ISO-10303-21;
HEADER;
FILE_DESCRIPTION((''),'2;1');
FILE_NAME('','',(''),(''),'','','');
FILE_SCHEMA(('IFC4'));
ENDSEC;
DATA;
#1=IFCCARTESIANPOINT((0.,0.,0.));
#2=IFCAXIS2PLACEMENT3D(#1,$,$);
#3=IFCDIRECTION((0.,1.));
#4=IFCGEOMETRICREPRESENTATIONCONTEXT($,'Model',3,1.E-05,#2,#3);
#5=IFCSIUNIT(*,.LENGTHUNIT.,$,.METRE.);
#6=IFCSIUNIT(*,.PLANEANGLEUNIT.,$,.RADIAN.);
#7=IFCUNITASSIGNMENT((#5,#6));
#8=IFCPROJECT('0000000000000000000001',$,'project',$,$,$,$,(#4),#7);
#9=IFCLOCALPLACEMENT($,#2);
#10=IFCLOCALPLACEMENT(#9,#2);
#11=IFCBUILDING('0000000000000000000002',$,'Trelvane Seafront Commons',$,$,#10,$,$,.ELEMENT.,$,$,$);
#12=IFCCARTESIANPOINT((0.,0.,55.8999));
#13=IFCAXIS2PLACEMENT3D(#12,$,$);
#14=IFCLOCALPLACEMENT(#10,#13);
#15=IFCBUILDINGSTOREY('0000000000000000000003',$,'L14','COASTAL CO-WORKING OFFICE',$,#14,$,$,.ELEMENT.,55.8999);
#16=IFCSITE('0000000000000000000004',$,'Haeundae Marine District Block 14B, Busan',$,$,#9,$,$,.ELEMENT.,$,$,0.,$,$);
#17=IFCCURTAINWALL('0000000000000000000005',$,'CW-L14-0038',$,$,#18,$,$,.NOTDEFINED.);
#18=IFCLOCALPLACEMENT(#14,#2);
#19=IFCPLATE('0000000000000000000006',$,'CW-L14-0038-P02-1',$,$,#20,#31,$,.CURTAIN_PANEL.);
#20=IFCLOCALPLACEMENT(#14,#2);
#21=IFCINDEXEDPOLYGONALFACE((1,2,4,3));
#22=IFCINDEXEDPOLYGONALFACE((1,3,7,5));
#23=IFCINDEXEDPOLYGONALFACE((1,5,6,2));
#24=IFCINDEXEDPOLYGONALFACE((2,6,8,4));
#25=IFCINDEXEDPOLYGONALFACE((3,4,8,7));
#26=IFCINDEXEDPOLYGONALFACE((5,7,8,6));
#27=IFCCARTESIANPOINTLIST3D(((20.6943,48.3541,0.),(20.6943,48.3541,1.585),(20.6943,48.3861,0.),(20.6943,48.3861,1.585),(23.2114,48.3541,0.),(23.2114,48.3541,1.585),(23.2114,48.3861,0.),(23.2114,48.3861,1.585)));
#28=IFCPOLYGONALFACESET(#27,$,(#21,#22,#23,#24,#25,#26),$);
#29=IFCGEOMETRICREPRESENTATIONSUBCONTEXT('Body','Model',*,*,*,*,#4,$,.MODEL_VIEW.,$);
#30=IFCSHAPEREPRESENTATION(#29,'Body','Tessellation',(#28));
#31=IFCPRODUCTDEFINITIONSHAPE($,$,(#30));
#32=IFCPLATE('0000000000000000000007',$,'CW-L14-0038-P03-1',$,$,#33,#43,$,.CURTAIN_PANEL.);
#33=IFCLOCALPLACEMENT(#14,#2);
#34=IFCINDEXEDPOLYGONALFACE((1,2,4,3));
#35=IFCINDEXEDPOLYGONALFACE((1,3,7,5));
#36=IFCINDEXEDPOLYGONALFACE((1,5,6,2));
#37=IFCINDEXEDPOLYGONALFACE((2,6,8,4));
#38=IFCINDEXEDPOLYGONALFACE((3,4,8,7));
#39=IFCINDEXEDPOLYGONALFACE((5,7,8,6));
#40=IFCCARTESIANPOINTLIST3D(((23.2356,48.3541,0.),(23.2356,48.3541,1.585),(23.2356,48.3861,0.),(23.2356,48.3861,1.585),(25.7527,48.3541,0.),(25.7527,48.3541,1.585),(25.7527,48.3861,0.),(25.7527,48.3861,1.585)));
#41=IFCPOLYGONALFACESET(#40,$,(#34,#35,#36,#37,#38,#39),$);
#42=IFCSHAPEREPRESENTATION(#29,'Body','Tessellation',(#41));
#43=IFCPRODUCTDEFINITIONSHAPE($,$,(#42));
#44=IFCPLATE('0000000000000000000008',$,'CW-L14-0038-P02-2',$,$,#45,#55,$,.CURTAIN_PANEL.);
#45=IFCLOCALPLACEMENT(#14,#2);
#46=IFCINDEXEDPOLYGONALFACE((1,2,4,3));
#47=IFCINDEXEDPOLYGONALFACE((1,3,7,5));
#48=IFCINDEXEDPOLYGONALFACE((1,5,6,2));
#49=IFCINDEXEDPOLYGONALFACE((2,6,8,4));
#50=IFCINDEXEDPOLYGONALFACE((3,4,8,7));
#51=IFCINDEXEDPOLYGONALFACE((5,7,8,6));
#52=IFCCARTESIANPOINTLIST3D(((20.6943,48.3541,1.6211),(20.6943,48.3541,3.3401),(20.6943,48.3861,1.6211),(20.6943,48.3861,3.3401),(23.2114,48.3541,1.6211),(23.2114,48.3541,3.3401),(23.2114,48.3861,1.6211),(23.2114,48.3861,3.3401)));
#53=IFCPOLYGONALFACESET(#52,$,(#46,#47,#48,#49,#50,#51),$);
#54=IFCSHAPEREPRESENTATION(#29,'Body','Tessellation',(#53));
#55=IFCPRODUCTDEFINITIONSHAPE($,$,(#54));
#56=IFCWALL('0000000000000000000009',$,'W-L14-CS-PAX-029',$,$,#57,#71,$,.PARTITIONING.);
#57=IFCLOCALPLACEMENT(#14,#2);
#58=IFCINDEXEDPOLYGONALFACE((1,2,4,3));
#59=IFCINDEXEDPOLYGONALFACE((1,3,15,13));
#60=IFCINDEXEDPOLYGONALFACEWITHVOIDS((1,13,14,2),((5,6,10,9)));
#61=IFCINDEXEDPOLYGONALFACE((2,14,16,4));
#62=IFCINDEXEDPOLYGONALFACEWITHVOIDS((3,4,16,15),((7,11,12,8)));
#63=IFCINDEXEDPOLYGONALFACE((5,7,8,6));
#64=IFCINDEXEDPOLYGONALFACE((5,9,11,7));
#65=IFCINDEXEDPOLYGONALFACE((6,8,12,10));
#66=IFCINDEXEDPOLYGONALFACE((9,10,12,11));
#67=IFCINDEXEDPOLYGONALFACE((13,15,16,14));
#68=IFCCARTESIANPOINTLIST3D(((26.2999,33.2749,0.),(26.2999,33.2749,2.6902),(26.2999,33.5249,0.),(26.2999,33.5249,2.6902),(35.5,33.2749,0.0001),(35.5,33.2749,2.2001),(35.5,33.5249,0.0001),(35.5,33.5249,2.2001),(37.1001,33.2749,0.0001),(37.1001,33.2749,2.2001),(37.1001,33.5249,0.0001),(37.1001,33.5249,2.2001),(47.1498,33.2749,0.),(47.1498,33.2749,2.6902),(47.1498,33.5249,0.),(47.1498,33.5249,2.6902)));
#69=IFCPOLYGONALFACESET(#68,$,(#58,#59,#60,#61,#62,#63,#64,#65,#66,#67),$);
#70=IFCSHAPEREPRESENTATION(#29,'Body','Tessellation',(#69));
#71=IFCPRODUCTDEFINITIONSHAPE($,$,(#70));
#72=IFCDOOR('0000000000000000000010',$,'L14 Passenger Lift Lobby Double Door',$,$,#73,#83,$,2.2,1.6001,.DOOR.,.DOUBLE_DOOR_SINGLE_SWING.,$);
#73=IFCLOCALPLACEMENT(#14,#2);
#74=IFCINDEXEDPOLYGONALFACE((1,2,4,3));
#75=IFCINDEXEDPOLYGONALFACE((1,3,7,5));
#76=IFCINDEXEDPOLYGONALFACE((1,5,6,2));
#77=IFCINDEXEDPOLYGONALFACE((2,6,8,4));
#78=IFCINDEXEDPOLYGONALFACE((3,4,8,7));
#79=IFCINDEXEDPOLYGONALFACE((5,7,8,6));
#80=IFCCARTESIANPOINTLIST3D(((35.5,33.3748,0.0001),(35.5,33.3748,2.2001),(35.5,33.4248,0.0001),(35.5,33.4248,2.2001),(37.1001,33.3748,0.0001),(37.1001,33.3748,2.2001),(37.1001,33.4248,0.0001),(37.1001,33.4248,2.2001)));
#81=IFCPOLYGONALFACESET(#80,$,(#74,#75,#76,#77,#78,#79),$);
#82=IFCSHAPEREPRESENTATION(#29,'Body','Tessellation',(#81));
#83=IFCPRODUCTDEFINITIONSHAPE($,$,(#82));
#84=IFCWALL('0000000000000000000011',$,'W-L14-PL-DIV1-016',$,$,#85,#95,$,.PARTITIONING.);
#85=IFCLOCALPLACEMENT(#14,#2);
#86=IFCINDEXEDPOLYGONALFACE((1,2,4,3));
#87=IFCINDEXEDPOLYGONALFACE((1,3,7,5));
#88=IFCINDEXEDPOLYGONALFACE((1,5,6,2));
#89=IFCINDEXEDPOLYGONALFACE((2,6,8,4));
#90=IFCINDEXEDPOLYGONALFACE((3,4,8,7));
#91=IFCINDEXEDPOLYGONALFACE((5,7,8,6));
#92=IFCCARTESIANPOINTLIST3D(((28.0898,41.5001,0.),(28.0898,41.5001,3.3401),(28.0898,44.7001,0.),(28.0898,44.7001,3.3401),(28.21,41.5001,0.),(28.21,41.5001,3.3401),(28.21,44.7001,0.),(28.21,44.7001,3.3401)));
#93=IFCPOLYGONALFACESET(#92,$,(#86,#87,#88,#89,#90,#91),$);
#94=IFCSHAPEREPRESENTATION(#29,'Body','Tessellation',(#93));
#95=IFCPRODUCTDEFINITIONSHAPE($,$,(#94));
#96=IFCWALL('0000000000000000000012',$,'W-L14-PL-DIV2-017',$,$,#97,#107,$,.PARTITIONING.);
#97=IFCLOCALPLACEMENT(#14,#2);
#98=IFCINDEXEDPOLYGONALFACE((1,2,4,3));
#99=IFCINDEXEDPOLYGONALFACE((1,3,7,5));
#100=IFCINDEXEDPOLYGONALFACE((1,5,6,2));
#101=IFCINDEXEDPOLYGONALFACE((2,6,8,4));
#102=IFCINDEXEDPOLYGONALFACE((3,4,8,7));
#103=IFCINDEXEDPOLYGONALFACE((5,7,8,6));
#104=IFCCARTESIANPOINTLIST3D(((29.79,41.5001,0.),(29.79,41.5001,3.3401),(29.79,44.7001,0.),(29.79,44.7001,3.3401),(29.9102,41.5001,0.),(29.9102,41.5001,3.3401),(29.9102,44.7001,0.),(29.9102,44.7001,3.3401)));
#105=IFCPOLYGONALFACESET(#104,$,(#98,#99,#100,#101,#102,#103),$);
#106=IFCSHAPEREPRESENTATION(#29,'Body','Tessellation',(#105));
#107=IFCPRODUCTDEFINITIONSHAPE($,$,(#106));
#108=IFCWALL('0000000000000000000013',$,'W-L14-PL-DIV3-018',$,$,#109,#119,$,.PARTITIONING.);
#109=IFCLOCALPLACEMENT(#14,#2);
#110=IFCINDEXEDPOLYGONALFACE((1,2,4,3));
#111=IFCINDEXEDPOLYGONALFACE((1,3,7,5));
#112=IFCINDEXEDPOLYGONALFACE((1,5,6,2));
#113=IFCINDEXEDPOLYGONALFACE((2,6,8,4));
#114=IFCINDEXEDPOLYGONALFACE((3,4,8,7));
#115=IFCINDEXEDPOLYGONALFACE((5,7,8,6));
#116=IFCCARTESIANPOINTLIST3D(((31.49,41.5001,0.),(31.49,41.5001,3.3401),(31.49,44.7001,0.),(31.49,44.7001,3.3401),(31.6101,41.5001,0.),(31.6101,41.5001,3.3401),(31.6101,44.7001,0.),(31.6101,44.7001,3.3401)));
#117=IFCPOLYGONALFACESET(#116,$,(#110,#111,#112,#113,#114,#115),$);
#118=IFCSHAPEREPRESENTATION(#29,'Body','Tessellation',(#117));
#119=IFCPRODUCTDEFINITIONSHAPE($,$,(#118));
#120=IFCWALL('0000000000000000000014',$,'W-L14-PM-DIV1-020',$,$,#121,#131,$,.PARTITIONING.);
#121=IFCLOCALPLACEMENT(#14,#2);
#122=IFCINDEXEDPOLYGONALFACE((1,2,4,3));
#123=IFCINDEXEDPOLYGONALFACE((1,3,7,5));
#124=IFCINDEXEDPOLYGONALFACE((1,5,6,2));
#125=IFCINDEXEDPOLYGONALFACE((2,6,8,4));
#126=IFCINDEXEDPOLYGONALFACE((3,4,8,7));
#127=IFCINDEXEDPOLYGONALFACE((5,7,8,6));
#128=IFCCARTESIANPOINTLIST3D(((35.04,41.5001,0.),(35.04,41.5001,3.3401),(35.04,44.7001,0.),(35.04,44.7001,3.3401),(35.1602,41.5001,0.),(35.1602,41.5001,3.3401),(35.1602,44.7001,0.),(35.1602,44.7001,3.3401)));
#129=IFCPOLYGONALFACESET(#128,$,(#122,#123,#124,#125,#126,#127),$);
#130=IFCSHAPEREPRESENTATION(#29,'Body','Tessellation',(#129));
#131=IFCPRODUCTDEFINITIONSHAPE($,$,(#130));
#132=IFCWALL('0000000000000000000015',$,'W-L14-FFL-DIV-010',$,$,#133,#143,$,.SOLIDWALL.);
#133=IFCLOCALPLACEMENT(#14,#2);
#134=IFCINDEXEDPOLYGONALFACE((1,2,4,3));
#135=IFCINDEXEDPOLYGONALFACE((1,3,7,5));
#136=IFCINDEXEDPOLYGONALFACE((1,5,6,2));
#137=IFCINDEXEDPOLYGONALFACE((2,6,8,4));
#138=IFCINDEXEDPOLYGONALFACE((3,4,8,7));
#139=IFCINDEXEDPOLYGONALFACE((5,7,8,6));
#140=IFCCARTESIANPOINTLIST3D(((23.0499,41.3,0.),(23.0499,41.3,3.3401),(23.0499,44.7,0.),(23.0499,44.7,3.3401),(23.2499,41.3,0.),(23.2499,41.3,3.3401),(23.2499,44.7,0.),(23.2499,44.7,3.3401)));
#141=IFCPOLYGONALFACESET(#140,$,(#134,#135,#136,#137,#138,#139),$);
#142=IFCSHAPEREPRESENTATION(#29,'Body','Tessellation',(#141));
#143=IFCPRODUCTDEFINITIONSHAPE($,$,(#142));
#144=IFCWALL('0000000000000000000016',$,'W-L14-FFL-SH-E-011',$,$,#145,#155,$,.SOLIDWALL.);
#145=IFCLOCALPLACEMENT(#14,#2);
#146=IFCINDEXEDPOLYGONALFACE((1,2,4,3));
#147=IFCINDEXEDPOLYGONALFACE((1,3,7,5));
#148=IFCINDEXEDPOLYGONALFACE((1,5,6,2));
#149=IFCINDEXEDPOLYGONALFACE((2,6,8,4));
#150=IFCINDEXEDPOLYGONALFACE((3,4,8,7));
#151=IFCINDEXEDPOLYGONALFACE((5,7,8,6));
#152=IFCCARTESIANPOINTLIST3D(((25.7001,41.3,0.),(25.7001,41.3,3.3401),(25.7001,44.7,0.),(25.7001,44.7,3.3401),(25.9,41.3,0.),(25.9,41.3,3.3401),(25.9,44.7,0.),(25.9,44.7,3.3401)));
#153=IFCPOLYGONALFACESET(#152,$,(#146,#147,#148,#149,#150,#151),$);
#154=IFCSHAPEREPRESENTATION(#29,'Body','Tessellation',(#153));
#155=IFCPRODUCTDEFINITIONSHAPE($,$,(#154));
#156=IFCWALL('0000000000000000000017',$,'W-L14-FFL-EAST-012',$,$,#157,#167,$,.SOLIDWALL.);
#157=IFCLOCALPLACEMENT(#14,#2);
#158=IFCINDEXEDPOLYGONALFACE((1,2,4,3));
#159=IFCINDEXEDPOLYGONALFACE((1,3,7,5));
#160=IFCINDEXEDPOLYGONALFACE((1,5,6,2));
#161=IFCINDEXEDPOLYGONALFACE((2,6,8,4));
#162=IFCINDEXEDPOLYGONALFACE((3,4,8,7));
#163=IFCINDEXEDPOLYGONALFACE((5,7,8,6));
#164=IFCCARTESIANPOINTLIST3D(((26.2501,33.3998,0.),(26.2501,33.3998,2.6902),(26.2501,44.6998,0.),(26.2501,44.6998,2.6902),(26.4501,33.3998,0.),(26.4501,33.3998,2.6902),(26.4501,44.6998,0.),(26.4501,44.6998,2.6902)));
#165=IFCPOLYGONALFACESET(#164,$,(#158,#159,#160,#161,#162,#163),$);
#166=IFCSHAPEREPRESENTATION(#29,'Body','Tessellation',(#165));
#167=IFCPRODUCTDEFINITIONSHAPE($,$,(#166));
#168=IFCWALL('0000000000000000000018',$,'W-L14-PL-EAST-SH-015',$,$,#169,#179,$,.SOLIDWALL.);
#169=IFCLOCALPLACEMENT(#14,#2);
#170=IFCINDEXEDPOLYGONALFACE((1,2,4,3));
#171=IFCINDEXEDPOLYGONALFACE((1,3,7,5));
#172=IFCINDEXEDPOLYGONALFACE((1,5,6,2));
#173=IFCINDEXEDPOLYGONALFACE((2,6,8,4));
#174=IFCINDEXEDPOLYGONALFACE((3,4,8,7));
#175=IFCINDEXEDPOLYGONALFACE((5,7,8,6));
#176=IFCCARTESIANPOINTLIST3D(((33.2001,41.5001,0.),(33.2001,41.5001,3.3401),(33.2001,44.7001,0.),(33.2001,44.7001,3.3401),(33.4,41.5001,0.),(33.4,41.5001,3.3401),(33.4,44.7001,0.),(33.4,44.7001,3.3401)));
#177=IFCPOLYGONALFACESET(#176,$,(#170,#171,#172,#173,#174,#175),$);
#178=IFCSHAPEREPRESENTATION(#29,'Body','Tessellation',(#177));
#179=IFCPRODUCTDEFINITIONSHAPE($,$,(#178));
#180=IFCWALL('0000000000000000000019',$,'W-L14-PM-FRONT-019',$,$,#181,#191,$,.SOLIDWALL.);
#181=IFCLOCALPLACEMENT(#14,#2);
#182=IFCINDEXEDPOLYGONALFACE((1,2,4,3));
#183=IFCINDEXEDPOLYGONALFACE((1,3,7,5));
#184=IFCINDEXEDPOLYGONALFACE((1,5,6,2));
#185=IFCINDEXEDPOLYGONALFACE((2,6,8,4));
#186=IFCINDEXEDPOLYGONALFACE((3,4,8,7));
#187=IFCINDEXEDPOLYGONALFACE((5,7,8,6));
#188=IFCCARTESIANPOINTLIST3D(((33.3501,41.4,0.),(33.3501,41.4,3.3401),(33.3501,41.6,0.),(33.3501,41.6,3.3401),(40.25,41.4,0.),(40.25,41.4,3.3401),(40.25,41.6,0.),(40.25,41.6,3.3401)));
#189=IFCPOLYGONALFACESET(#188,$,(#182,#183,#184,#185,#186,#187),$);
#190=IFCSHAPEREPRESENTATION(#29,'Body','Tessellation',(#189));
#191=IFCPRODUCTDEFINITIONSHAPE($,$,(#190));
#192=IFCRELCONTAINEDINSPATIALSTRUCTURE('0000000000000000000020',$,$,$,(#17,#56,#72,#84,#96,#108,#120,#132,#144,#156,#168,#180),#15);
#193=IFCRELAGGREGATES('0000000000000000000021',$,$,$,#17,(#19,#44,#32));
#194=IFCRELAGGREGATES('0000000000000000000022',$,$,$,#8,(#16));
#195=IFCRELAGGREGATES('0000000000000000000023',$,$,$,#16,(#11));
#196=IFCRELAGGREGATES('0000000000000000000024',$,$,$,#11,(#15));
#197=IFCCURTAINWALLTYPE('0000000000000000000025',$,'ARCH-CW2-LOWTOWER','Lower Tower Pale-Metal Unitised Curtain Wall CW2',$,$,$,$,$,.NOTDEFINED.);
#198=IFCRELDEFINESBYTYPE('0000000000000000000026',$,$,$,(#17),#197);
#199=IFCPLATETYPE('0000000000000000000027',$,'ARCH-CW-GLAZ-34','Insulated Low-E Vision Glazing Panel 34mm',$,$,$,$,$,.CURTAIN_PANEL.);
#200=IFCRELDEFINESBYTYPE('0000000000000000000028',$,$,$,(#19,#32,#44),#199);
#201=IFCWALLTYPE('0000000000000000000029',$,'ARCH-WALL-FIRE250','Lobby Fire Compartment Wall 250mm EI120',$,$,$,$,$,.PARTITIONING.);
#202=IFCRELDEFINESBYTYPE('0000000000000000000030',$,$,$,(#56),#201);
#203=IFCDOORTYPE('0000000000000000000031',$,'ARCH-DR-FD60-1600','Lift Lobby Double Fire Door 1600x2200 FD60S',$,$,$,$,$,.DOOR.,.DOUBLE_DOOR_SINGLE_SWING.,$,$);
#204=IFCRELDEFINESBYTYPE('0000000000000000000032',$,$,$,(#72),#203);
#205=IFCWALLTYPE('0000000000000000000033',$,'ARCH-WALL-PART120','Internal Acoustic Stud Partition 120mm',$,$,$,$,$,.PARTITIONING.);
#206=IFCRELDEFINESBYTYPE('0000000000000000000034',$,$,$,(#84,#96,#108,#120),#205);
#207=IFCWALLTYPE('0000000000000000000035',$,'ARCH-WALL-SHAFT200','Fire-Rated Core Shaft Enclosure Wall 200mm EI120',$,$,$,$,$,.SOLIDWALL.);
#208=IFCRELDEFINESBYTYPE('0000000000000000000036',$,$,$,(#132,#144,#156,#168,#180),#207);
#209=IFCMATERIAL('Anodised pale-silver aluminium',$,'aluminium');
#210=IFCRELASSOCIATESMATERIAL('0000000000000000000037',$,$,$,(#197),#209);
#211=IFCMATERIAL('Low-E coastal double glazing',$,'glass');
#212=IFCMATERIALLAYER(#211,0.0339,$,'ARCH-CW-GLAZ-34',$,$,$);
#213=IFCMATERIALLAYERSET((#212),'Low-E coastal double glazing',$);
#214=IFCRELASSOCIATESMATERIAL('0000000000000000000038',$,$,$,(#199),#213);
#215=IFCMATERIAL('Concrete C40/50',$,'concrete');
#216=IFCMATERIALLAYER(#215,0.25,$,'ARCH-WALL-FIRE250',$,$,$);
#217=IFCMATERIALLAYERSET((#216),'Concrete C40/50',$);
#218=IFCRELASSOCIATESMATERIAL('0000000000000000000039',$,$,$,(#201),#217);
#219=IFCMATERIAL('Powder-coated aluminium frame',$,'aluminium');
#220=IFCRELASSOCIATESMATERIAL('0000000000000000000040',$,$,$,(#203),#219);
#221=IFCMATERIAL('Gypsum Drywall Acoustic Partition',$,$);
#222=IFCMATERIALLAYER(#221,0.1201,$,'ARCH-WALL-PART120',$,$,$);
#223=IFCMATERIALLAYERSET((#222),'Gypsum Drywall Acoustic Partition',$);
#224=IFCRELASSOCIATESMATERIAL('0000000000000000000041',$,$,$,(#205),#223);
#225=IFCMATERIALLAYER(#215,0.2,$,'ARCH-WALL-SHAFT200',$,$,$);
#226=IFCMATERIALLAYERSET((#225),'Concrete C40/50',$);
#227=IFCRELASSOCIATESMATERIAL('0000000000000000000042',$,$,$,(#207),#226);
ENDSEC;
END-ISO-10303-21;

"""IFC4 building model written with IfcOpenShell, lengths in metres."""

from ifc_helpers import new_model, si_unit, direction, frame, frame_2d, origin, origin_2d, place, context, subcontext, project, spatial, rectangle, extrude, source, transform, mapped, material, layer, layer_set, type_object, element, fill, aggregate, save


model = new_model("IFC4")

# Units and contexts
model_context = context("Model", 3, precision=1e-05, world=origin(), true_north=direction((0.0, 1.0)))
body_context = subcontext(model_context, "Body", "Model", "MODEL_VIEW")
ifc_project = project(units=[si_unit("LENGTHUNIT", "METRE"), si_unit("PLANEANGLEUNIT", "RADIAN")], contexts=[model_context])

# Site, building, storey
site_placement = place(None, origin())
site = spatial("IfcSite", under=ifc_project, at=site_placement, Name="Haeundae Marine District Block 14B, Busan", CompositionType="ELEMENT", RefElevation=0.0)
building_placement = place(site_placement, origin())
building = spatial("IfcBuilding", under=site, at=building_placement, Name="Trelvane Seafront Commons", CompositionType="ELEMENT")
storey_placement = place(building_placement, frame((0.0, 0.0, 55.8999)))
storey = spatial("IfcBuildingStorey", under=building, at=storey_placement, Name="L14", Description="COASTAL CO-WORKING OFFICE", CompositionType="ELEMENT", Elevation=55.8999)

# Curtain wall, plates
ifc_material_1 = material(Name="Anodised pale-silver aluminium", Category="aluminium")
curtain_wall_type = type_object("IfcCurtainWallType", Name="ARCH-CW2-LOWTOWER", Description="Lower Tower Pale-Metal Unitised Curtain Wall CW2", PredefinedType="NOTDEFINED", material=ifc_material_1)
curtain_wall_placement = place(storey_placement, origin())
curtain_wall = element("IfcCurtainWall", 1, at=curtain_wall_placement, inside=storey, type_object=curtain_wall_type, Name="CW-L14-0038", PredefinedType="NOTDEFINED")
ifc_material_2 = material(Name="Low-E coastal double glazing", Category="glass")
ifc_layer_1 = layer(ifc_material_2, 0.0339, Name="ARCH-CW-GLAZ-34")
ifc_layer_set_1 = layer_set([ifc_layer_1], Name="Low-E coastal double glazing")
plate_type = type_object("IfcPlateType", Name="ARCH-CW-GLAZ-34", Description="Insulated Low-E Vision Glazing Panel 34mm", PredefinedType="CURTAIN_PANEL", material=ifc_layer_set_1)
shared_shape_1 = source(origin(), body_context, "Body", "SweptSolid", [
    extrude(rectangle(XDim=2.5171, YDim=0.032, at=origin_2d()), origin(), (0.0, 0.0, 1.0), 1.585),
])
plate_1_placement = place(storey_placement, frame((21.9529, 48.3701, 0.0), z_axis=(0.0, 0.0, 1.0), x_axis=(1.0, 0.0, 0.0)))
plate_1 = element("IfcPlate", 2, at=plate_1_placement, type_object=plate_type, Name="CW-L14-0038-P02-1", PredefinedType="CURTAIN_PANEL", context=body_context, shape_type="MappedRepresentation", body=[
    mapped(shared_shape_1, transform((0.0, 0.0, 0.0), x_axis=(1.0, 0.0, 0.0), y_axis=(0.0, 1.0, 0.0), z_axis=(0.0, 0.0, 1.0), scale=1.0)),
])
plate_2_placement = place(storey_placement, frame((24.4941, 48.3701, 0.0), z_axis=(0.0, 0.0, 1.0), x_axis=(1.0, 0.0, 0.0)))
plate_2 = element("IfcPlate", 3, at=plate_2_placement, type_object=plate_type, Name="CW-L14-0038-P03-1", PredefinedType="CURTAIN_PANEL", context=body_context, shape_type="MappedRepresentation", body=[
    mapped(shared_shape_1, transform((0.0, 0.0, 0.0), x_axis=(1.0, 0.0, 0.0), y_axis=(0.0, 1.0, 0.0), z_axis=(0.0, 0.0, 1.0), scale=1.0)),
])
shared_shape_2 = source(origin(), body_context, "Body", "SweptSolid", [
    extrude(rectangle(XDim=2.5171, YDim=0.032, at=origin_2d()), origin(), (0.0, 0.0, 1.0), 1.719),
])
plate_3_placement = place(storey_placement, frame((21.9529, 48.3701, 1.6211), z_axis=(0.0, 0.0, 1.0), x_axis=(1.0, 0.0, 0.0)))
plate_3 = element("IfcPlate", 4, at=plate_3_placement, type_object=plate_type, Name="CW-L14-0038-P02-2", PredefinedType="CURTAIN_PANEL", context=body_context, shape_type="MappedRepresentation", body=[
    mapped(shared_shape_2, transform((0.0, 0.0, 0.0), x_axis=(1.0, 0.0, 0.0), y_axis=(0.0, 1.0, 0.0), z_axis=(0.0, 0.0, 1.0), scale=1.0)),
])
aggregate(curtain_wall, [plate_1, plate_3, plate_2])

# Wall, opening, door
ifc_material_3 = material(Name="Concrete C40/50", Category="concrete")
ifc_layer_2 = layer(ifc_material_3, 0.25, Name="ARCH-WALL-FIRE250")
ifc_layer_set_2 = layer_set([ifc_layer_2], Name="Concrete C40/50")
wall_type_1 = type_object("IfcWallType", Name="ARCH-WALL-FIRE250", Description="Lobby Fire Compartment Wall 250mm EI120", PredefinedType="PARTITIONING", material=ifc_layer_set_2)
wall_1_placement = place(storey_placement, frame((26.3, 33.3999, 0.0), z_axis=(0.0, 0.0, 1.0), x_axis=(1.0, 0.0, 0.0)))
wall_1 = element("IfcWall", 5, at=wall_1_placement, inside=storey, type_object=wall_type_1, Name="W-L14-CS-PAX-029", PredefinedType="PARTITIONING", context=body_context, shape_type="SweptSolid", body=[
    extrude(rectangle(XDim=20.8499, YDim=0.25, at=frame_2d((10.4248, 0.0))), origin(), (0.0, 0.0, 1.0), 2.6902),
])
opening_1_placement = place(wall_1_placement, frame((9.2, 0.0, 0.0)))
opening_1 = element("IfcOpeningElement", 6, at=opening_1_placement, cuts=wall_1, PredefinedType="OPENING", context=body_context, shape_type="SweptSolid", body=[
    extrude(rectangle(XDim=1.6001, YDim=2.2, at=frame_2d((0.8, 1.1001))), frame((0.0, 0.135, 0.0), z_axis=(0.0, -1.0, 0.0), x_axis=(1.0, 0.0, 0.0)), (0.0, 0.0, 1.0), 0.27),
])
ifc_material_4 = material(Name="Powder-coated aluminium frame", Category="aluminium")
door_type_1 = type_object("IfcDoorType", Name="ARCH-DR-FD60-1600", Description="Lift Lobby Double Fire Door 1600x2200 FD60S", OperationType="DOUBLE_DOOR_SINGLE_SWING", PredefinedType="DOOR", material=ifc_material_4)
shared_shape_3 = source(origin(), body_context, "Body", "SweptSolid", [
    extrude(rectangle(XDim=1.6001, YDim=2.2, at=frame_2d((0.8, 1.1001))), frame((0.0, 0.0249, 0.0), z_axis=(0.0, -1.0, 0.0), x_axis=(1.0, 0.0, 0.0)), (0.0, 0.0, 1.0), 0.05),
])
door_1_placement = place(opening_1_placement, origin())
door_1 = element("IfcDoor", 7, at=door_1_placement, inside=storey, type_object=door_type_1, Name="L14 Passenger Lift Lobby Double Door", OperationType="DOUBLE_DOOR_SINGLE_SWING", OverallHeight=2.2, OverallWidth=1.6001, PredefinedType="DOOR", context=body_context, shape_type="MappedRepresentation", body=[
    mapped(shared_shape_3, transform((0.0, 0.0, 0.0), x_axis=(1.0, 0.0, 0.0), y_axis=(0.0, 1.0, 0.0), z_axis=(0.0, 0.0, 1.0), scale=1.0)),
])
fill(opening_1, door_1)

# Walls
ifc_material_5 = material(Name="Gypsum Drywall Acoustic Partition")
ifc_layer_3 = layer(ifc_material_5, 0.1201, Name="ARCH-WALL-PART120")
ifc_layer_set_3 = layer_set([ifc_layer_3], Name="Gypsum Drywall Acoustic Partition")
wall_type_2 = type_object("IfcWallType", Name="ARCH-WALL-PART120", Description="Internal Acoustic Stud Partition 120mm", PredefinedType="PARTITIONING", material=ifc_layer_set_3)
for number, where, z_axis, x_axis, name in (
    (8, (28.1499, 41.5, 0.0), (0.0, 0.0, 1.0), (0.0, 1.0, 0.0), "W-L14-PL-DIV1-016"),
    (9, (29.8501, 41.5, 0.0), (0.0, 0.0, 1.0), (0.0, 1.0, 0.0), "W-L14-PL-DIV2-017"),
    (10, (31.55, 41.5, 0.0), (0.0, 0.0, 1.0), (0.0, 1.0, 0.0), "W-L14-PL-DIV3-018"),
    (11, (35.1001, 41.5, 0.0), (0.0, 0.0, 1.0), (0.0, 1.0, 0.0), "W-L14-PM-DIV1-020"),
):
    element("IfcWall", number, at=place(storey_placement, frame(where, z_axis=z_axis, x_axis=x_axis)), inside=storey, type_object=wall_type_2, Name=name, PredefinedType="PARTITIONING", context=body_context, shape_type="SweptSolid", body=[
        extrude(rectangle(XDim=3.2, YDim=0.1201, at=frame_2d((1.6001, 0.0))), origin(), (0.0, 0.0, 1.0), 3.3401),
    ])
ifc_layer_4 = layer(ifc_material_3, 0.2, Name="ARCH-WALL-SHAFT200")
ifc_layer_set_4 = layer_set([ifc_layer_4], Name="Concrete C40/50")
wall_type_3 = type_object("IfcWallType", Name="ARCH-WALL-SHAFT200", Description="Fire-Rated Core Shaft Enclosure Wall 200mm EI120", PredefinedType="SOLIDWALL", material=ifc_layer_set_4)
for number, where, z_axis, x_axis, name in (
    (12, (23.1499, 41.3, 0.0), (0.0, 0.0, 1.0), (0.0, 1.0, 0.0), "W-L14-FFL-DIV-010"),
    (13, (25.8, 41.3, 0.0), (0.0, 0.0, 1.0), (0.0, 1.0, 0.0), "W-L14-FFL-SH-E-011"),
):
    element("IfcWall", number, at=place(storey_placement, frame(where, z_axis=z_axis, x_axis=x_axis)), inside=storey, type_object=wall_type_3, Name=name, PredefinedType="SOLIDWALL", context=body_context, shape_type="SweptSolid", body=[
        extrude(rectangle(XDim=3.3999, YDim=0.2, at=frame_2d((1.7, 0.0))), origin(), (0.0, 0.0, 1.0), 3.3401),
    ])
wall_2_placement = place(storey_placement, frame((26.3501, 33.3999, 0.0), z_axis=(0.0, 0.0, 1.0), x_axis=(0.0, 1.0, 0.0)))
element("IfcWall", 14, at=wall_2_placement, inside=storey, type_object=wall_type_3, Name="W-L14-FFL-EAST-012", PredefinedType="SOLIDWALL", context=body_context, shape_type="SweptSolid", body=[
    extrude(rectangle(XDim=11.3, YDim=0.2, at=frame_2d((5.6499, 0.0))), origin(), (0.0, 0.0, 1.0), 2.6902),
])

# Walls
wall_3_placement = place(storey_placement, frame((33.3, 41.5, 0.0), z_axis=(0.0, 0.0, 1.0), x_axis=(0.0, 1.0, 0.0)))
element("IfcWall", 15, at=wall_3_placement, inside=storey, type_object=wall_type_3, Name="W-L14-PL-EAST-SH-015", PredefinedType="SOLIDWALL", context=body_context, shape_type="SweptSolid", body=[
    extrude(rectangle(XDim=3.2, YDim=0.2, at=frame_2d((1.6001, 0.0))), origin(), (0.0, 0.0, 1.0), 3.3401),
])
wall_4_placement = place(storey_placement, frame((33.3501, 41.5, 0.0), z_axis=(0.0, 0.0, 1.0), x_axis=(1.0, 0.0, 0.0)))
element("IfcWall", 16, at=wall_4_placement, inside=storey, type_object=wall_type_3, Name="W-L14-PM-FRONT-019", PredefinedType="SOLIDWALL", context=body_context, shape_type="SweptSolid", body=[
    extrude(rectangle(XDim=6.8999, YDim=0.2, at=frame_2d((3.45, 0.0))), origin(), (0.0, 0.0, 1.0), 3.3401),
])

save(model, "model.ifc")
